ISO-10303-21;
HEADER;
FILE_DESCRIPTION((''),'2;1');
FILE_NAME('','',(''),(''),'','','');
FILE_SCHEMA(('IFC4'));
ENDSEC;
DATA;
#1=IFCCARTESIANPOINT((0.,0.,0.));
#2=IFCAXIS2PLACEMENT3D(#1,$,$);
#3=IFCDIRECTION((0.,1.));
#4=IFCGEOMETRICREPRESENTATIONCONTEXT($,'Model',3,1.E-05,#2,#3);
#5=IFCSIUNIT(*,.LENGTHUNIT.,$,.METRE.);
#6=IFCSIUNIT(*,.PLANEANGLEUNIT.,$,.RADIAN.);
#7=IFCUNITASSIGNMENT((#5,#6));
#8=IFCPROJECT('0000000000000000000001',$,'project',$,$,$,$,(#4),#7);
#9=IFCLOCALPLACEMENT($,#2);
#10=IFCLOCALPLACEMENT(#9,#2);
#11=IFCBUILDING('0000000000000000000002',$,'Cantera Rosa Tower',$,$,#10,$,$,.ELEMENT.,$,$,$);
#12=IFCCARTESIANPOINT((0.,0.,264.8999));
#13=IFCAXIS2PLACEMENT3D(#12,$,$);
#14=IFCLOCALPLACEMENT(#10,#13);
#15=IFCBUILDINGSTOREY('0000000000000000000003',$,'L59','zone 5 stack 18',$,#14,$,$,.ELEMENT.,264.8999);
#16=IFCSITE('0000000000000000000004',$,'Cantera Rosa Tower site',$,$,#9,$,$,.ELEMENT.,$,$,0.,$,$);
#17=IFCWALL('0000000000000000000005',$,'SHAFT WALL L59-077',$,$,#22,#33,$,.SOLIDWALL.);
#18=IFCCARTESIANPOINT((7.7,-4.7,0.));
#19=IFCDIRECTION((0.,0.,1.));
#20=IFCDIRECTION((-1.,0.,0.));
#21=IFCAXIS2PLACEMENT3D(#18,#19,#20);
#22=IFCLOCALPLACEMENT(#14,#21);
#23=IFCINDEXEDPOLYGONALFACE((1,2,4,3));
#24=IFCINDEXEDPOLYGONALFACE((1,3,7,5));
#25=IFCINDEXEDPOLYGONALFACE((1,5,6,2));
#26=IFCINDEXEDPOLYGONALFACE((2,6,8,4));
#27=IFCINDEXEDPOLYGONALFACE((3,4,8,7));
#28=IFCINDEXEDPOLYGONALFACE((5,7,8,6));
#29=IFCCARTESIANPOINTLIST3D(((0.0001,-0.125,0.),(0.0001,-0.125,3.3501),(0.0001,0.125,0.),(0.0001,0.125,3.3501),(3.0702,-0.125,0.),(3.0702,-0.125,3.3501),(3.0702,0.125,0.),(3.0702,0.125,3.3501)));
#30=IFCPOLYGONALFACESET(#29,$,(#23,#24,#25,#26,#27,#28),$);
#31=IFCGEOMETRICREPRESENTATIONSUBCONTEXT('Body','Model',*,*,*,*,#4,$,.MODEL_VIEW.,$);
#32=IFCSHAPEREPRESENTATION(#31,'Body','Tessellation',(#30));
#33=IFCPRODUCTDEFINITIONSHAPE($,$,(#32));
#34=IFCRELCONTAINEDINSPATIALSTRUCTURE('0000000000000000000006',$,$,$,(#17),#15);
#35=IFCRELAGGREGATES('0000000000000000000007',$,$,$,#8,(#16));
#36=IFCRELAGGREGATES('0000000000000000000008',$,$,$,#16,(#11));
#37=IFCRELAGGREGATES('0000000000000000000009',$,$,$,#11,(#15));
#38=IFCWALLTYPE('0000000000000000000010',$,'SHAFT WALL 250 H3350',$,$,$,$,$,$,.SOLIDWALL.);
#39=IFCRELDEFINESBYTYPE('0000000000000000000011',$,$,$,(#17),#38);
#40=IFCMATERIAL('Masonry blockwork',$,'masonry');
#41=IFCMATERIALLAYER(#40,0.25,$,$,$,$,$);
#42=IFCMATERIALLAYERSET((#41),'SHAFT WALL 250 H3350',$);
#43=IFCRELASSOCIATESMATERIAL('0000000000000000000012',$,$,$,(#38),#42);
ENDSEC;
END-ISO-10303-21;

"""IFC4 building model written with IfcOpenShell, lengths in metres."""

from ifc_helpers import new_model, si_unit, direction, frame, frame_2d, origin, place, context, subcontext, project, spatial, rectangle, extrude, material, layer, layer_set, type_object, element, save


model = new_model("IFC4")

# Units and contexts
model_context = context("Model", 3, precision=1e-05, world=origin(), true_north=direction((0.0, 1.0)))
body_context = subcontext(model_context, "Body", "Model", "MODEL_VIEW")
ifc_project = project(units=[si_unit("LENGTHUNIT", "METRE"), si_unit("PLANEANGLEUNIT", "RADIAN")], contexts=[model_context])

# Site, building, storey
site_placement = place(None, origin())
site = spatial("IfcSite", under=ifc_project, at=site_placement, Name="Cantera Rosa Tower site", CompositionType="ELEMENT", RefElevation=0.0)
building_placement = place(site_placement, origin())
building = spatial("IfcBuilding", under=site, at=building_placement, Name="Cantera Rosa Tower", CompositionType="ELEMENT")
storey_placement = place(building_placement, frame((0.0, 0.0, 264.8999)))
storey = spatial("IfcBuildingStorey", under=building, at=storey_placement, Name="L59", Description="zone 5 stack 18", CompositionType="ELEMENT", Elevation=264.8999)

# Wall
ifc_material_1 = material(Name="Masonry blockwork", Category="masonry")
ifc_layer_1 = layer(ifc_material_1, 0.25)
ifc_layer_set_1 = layer_set([ifc_layer_1], Name="SHAFT WALL 250 H3350")
wall_type_1 = type_object("IfcWallType", Name="SHAFT WALL 250 H3350", PredefinedType="SOLIDWALL", material=ifc_layer_set_1)
wall_1_placement = place(storey_placement, frame((7.7, -4.7, 0.0), z_axis=(0.0, 0.0, 1.0), x_axis=(-1.0, 0.0, 0.0)))
element("IfcWall", 1, at=wall_1_placement, inside=storey, type_object=wall_type_1, Name="SHAFT WALL L59-077", PredefinedType="SOLIDWALL", context=body_context, shape_type="SweptSolid", body=[
    extrude(rectangle(XDim=3.0701, YDim=0.25, at=frame_2d((1.5352, 0.0))), origin(), (0.0, 0.0, 1.0), 3.3501),
])

save(model, "model.ifc")
